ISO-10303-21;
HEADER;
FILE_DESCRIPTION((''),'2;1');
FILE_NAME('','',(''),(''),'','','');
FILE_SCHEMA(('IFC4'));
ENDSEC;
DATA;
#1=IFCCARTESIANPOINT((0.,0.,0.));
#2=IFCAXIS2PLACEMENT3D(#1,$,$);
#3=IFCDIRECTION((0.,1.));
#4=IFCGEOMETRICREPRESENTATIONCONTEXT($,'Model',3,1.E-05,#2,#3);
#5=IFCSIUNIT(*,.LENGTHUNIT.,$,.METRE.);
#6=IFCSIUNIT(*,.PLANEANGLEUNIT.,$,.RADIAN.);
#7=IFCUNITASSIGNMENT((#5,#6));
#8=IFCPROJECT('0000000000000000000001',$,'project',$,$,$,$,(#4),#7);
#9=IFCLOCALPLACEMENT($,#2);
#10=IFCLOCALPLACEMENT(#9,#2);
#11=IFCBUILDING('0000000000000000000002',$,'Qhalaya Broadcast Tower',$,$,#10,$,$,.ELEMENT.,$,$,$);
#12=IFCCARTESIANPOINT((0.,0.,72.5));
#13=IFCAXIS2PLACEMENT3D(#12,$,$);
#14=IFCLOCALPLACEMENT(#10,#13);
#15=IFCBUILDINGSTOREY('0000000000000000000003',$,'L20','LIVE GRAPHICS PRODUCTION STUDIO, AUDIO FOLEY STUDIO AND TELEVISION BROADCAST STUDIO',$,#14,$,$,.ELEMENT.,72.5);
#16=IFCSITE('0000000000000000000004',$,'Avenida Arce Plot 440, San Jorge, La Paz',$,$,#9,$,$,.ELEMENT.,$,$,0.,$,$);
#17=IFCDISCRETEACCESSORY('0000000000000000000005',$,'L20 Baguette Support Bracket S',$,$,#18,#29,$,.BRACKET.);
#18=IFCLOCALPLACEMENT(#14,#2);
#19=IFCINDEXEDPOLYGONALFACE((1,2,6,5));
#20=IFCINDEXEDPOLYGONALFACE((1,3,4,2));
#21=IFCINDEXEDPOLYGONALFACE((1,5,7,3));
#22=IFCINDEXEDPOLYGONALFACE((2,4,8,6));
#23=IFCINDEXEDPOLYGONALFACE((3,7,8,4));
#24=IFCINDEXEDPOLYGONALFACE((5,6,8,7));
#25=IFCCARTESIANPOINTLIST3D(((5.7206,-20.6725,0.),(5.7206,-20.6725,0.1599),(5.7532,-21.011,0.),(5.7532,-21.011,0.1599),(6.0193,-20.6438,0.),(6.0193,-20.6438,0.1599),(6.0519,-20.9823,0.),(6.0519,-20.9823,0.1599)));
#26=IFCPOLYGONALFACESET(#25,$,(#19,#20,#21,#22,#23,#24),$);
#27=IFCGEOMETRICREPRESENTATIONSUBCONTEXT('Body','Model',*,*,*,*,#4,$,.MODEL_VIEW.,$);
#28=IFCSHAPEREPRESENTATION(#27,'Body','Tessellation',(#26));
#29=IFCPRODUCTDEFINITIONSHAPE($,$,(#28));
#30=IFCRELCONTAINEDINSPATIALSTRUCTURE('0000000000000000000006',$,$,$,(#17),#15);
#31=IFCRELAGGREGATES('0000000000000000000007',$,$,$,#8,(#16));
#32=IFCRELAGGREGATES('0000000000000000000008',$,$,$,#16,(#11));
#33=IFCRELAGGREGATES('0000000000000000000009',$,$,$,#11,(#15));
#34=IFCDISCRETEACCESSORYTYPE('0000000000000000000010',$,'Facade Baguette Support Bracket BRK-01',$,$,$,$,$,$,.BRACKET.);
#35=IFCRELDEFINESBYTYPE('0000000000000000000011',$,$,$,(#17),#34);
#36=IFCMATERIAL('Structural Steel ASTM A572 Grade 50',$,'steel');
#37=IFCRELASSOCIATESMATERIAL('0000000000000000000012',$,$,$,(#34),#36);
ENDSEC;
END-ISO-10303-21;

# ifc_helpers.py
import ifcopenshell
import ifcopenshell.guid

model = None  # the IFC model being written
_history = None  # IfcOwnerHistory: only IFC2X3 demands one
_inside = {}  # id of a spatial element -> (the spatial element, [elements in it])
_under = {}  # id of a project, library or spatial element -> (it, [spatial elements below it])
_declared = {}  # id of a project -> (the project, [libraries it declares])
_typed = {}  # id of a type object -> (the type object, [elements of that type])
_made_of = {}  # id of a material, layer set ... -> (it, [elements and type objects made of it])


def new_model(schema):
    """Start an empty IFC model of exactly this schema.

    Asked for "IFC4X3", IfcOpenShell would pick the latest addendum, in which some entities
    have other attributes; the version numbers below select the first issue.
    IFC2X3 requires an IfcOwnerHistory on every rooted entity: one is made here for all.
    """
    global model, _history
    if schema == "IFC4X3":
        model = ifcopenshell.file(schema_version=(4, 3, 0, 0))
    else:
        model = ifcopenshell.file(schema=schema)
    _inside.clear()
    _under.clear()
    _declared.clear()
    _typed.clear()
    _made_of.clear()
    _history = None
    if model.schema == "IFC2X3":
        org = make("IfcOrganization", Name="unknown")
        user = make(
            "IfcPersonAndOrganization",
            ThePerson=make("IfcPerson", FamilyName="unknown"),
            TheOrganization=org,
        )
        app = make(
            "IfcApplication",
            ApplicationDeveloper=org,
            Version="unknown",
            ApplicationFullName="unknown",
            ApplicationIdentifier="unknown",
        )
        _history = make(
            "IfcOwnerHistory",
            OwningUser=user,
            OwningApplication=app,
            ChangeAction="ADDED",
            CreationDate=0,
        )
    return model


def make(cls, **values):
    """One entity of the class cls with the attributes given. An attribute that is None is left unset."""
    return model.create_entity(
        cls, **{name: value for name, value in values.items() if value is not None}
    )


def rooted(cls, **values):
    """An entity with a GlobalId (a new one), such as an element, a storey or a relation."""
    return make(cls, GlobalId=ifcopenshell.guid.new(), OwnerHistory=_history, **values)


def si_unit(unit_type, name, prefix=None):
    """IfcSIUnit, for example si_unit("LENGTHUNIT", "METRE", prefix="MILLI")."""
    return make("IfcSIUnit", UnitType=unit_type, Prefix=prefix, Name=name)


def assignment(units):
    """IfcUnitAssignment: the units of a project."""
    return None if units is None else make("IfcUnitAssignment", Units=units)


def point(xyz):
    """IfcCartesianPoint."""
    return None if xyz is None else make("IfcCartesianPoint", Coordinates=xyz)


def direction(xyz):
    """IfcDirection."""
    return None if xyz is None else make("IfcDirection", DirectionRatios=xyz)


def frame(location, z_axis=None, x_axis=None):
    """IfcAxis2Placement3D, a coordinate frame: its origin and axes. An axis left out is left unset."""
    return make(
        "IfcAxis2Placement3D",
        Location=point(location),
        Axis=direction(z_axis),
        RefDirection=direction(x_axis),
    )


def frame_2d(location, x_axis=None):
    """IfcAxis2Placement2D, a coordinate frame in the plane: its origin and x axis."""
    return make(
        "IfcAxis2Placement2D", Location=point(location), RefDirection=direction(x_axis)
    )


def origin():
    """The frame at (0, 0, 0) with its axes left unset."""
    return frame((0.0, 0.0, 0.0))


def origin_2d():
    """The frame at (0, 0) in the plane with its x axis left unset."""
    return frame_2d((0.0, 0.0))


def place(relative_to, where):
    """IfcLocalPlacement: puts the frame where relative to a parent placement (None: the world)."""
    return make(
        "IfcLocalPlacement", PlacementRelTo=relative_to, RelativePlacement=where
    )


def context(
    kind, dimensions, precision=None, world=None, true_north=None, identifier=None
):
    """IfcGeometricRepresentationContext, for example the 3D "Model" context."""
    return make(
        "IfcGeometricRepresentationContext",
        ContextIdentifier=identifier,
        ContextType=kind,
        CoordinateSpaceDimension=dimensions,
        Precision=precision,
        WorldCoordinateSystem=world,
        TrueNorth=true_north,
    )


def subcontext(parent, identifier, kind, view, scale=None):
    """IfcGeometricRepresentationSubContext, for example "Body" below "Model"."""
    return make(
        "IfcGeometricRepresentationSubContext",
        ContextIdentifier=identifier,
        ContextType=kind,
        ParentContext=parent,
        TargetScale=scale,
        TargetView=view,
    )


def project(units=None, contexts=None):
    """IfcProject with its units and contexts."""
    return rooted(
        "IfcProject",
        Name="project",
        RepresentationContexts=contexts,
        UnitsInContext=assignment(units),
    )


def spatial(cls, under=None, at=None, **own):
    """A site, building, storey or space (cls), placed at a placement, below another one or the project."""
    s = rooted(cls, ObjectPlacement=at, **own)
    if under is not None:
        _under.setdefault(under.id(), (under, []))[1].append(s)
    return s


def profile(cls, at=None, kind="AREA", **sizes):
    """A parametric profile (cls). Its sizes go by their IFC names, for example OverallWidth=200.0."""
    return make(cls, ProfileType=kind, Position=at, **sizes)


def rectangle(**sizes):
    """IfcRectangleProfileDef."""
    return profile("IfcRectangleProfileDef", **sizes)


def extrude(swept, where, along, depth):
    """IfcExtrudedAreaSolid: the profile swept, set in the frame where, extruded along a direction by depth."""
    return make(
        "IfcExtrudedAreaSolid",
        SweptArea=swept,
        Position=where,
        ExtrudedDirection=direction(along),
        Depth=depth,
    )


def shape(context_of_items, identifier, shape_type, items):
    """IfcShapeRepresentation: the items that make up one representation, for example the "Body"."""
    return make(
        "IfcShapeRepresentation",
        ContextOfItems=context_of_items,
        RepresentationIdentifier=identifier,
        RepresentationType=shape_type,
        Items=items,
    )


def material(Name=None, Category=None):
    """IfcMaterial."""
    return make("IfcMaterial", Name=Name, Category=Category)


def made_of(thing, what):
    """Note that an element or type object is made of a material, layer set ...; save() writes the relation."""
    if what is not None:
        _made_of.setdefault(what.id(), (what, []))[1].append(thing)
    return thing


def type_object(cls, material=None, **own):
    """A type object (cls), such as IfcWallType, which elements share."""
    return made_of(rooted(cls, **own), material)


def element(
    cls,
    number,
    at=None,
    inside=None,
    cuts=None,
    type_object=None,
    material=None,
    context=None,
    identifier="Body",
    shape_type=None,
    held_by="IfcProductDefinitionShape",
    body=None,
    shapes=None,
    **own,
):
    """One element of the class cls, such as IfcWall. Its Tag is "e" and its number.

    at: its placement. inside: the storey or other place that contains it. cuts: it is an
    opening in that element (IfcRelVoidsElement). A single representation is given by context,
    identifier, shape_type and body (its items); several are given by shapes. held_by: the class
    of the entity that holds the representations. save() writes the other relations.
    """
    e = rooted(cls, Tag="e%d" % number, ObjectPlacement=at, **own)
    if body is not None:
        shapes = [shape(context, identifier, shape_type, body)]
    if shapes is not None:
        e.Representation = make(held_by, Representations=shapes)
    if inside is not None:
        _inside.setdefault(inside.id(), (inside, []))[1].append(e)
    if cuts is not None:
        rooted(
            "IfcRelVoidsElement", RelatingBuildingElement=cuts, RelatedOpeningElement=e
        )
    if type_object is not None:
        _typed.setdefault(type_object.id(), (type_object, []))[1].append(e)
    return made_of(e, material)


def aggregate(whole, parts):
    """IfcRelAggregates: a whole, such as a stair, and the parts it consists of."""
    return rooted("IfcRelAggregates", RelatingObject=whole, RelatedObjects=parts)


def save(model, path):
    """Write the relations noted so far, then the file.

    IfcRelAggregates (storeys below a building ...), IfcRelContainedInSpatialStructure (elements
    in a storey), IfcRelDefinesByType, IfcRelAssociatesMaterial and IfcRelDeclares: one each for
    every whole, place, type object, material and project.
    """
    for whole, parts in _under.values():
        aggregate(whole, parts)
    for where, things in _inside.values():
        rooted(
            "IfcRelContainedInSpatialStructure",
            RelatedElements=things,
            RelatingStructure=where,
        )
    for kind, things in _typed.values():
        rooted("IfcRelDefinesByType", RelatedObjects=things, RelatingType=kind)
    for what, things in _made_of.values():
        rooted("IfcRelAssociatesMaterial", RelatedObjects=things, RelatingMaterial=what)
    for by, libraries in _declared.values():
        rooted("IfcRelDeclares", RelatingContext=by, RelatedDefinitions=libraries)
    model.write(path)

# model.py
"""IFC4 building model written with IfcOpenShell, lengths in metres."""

from ifc_helpers import new_model, si_unit, direction, frame, origin, origin_2d, place, context, subcontext, project, spatial, rectangle, extrude, material, type_object, element, save


model = new_model("IFC4")

# Units and contexts
model_context = context("Model", 3, precision=1e-05, world=origin(), true_north=direction((0.0, 1.0)))
body_context = subcontext(model_context, "Body", "Model", "MODEL_VIEW")
ifc_project = project(units=[si_unit("LENGTHUNIT", "METRE"), si_unit("PLANEANGLEUNIT", "RADIAN")], contexts=[model_context])

# Site, building, storey
site_placement = place(None, origin())
site = spatial("IfcSite", under=ifc_project, at=site_placement, Name="Avenida Arce Plot 440, San Jorge, La Paz", CompositionType="ELEMENT", RefElevation=0.0)
building_placement = place(site_placement, origin())
building = spatial("IfcBuilding", under=site, at=building_placement, Name="Qhalaya Broadcast Tower", CompositionType="ELEMENT")
storey_placement = place(building_placement, frame((0.0, 0.0, 72.5)))
storey = spatial("IfcBuildingStorey", under=building, at=storey_placement, Name="L20", Description="LIVE GRAPHICS PRODUCTION STUDIO, AUDIO FOLEY STUDIO AND TELEVISION BROADCAST STUDIO", CompositionType="ELEMENT", Elevation=72.5)

# Shared definitions
ifc_material_1 = material(Name="Structural Steel ASTM A572 Grade 50", Category="steel")

# Discrete accessory
discrete_accessory_type = type_object("IfcDiscreteAccessoryType", Name="Facade Baguette Support Bracket BRK-01", PredefinedType="BRACKET", material=ifc_material_1)
discrete_accessory_placement = place(storey_placement, frame((5.8862, -20.8274, 0.0), z_axis=(0.0, 0.0, 1.0), x_axis=(0.995396, 0.095846, 0.0)))
element("IfcDiscreteAccessory", 1, at=discrete_accessory_placement, inside=storey, type_object=discrete_accessory_type, Name="L20 Baguette Support Bracket S", PredefinedType="BRACKET", context=body_context, shape_type="SweptSolid", body=[
    extrude(rectangle(XDim=0.3, YDim=0.3401, at=origin_2d()), origin(), (0.0, 0.0, 1.0), 0.1599),
])

save(model, "model.ifc")
